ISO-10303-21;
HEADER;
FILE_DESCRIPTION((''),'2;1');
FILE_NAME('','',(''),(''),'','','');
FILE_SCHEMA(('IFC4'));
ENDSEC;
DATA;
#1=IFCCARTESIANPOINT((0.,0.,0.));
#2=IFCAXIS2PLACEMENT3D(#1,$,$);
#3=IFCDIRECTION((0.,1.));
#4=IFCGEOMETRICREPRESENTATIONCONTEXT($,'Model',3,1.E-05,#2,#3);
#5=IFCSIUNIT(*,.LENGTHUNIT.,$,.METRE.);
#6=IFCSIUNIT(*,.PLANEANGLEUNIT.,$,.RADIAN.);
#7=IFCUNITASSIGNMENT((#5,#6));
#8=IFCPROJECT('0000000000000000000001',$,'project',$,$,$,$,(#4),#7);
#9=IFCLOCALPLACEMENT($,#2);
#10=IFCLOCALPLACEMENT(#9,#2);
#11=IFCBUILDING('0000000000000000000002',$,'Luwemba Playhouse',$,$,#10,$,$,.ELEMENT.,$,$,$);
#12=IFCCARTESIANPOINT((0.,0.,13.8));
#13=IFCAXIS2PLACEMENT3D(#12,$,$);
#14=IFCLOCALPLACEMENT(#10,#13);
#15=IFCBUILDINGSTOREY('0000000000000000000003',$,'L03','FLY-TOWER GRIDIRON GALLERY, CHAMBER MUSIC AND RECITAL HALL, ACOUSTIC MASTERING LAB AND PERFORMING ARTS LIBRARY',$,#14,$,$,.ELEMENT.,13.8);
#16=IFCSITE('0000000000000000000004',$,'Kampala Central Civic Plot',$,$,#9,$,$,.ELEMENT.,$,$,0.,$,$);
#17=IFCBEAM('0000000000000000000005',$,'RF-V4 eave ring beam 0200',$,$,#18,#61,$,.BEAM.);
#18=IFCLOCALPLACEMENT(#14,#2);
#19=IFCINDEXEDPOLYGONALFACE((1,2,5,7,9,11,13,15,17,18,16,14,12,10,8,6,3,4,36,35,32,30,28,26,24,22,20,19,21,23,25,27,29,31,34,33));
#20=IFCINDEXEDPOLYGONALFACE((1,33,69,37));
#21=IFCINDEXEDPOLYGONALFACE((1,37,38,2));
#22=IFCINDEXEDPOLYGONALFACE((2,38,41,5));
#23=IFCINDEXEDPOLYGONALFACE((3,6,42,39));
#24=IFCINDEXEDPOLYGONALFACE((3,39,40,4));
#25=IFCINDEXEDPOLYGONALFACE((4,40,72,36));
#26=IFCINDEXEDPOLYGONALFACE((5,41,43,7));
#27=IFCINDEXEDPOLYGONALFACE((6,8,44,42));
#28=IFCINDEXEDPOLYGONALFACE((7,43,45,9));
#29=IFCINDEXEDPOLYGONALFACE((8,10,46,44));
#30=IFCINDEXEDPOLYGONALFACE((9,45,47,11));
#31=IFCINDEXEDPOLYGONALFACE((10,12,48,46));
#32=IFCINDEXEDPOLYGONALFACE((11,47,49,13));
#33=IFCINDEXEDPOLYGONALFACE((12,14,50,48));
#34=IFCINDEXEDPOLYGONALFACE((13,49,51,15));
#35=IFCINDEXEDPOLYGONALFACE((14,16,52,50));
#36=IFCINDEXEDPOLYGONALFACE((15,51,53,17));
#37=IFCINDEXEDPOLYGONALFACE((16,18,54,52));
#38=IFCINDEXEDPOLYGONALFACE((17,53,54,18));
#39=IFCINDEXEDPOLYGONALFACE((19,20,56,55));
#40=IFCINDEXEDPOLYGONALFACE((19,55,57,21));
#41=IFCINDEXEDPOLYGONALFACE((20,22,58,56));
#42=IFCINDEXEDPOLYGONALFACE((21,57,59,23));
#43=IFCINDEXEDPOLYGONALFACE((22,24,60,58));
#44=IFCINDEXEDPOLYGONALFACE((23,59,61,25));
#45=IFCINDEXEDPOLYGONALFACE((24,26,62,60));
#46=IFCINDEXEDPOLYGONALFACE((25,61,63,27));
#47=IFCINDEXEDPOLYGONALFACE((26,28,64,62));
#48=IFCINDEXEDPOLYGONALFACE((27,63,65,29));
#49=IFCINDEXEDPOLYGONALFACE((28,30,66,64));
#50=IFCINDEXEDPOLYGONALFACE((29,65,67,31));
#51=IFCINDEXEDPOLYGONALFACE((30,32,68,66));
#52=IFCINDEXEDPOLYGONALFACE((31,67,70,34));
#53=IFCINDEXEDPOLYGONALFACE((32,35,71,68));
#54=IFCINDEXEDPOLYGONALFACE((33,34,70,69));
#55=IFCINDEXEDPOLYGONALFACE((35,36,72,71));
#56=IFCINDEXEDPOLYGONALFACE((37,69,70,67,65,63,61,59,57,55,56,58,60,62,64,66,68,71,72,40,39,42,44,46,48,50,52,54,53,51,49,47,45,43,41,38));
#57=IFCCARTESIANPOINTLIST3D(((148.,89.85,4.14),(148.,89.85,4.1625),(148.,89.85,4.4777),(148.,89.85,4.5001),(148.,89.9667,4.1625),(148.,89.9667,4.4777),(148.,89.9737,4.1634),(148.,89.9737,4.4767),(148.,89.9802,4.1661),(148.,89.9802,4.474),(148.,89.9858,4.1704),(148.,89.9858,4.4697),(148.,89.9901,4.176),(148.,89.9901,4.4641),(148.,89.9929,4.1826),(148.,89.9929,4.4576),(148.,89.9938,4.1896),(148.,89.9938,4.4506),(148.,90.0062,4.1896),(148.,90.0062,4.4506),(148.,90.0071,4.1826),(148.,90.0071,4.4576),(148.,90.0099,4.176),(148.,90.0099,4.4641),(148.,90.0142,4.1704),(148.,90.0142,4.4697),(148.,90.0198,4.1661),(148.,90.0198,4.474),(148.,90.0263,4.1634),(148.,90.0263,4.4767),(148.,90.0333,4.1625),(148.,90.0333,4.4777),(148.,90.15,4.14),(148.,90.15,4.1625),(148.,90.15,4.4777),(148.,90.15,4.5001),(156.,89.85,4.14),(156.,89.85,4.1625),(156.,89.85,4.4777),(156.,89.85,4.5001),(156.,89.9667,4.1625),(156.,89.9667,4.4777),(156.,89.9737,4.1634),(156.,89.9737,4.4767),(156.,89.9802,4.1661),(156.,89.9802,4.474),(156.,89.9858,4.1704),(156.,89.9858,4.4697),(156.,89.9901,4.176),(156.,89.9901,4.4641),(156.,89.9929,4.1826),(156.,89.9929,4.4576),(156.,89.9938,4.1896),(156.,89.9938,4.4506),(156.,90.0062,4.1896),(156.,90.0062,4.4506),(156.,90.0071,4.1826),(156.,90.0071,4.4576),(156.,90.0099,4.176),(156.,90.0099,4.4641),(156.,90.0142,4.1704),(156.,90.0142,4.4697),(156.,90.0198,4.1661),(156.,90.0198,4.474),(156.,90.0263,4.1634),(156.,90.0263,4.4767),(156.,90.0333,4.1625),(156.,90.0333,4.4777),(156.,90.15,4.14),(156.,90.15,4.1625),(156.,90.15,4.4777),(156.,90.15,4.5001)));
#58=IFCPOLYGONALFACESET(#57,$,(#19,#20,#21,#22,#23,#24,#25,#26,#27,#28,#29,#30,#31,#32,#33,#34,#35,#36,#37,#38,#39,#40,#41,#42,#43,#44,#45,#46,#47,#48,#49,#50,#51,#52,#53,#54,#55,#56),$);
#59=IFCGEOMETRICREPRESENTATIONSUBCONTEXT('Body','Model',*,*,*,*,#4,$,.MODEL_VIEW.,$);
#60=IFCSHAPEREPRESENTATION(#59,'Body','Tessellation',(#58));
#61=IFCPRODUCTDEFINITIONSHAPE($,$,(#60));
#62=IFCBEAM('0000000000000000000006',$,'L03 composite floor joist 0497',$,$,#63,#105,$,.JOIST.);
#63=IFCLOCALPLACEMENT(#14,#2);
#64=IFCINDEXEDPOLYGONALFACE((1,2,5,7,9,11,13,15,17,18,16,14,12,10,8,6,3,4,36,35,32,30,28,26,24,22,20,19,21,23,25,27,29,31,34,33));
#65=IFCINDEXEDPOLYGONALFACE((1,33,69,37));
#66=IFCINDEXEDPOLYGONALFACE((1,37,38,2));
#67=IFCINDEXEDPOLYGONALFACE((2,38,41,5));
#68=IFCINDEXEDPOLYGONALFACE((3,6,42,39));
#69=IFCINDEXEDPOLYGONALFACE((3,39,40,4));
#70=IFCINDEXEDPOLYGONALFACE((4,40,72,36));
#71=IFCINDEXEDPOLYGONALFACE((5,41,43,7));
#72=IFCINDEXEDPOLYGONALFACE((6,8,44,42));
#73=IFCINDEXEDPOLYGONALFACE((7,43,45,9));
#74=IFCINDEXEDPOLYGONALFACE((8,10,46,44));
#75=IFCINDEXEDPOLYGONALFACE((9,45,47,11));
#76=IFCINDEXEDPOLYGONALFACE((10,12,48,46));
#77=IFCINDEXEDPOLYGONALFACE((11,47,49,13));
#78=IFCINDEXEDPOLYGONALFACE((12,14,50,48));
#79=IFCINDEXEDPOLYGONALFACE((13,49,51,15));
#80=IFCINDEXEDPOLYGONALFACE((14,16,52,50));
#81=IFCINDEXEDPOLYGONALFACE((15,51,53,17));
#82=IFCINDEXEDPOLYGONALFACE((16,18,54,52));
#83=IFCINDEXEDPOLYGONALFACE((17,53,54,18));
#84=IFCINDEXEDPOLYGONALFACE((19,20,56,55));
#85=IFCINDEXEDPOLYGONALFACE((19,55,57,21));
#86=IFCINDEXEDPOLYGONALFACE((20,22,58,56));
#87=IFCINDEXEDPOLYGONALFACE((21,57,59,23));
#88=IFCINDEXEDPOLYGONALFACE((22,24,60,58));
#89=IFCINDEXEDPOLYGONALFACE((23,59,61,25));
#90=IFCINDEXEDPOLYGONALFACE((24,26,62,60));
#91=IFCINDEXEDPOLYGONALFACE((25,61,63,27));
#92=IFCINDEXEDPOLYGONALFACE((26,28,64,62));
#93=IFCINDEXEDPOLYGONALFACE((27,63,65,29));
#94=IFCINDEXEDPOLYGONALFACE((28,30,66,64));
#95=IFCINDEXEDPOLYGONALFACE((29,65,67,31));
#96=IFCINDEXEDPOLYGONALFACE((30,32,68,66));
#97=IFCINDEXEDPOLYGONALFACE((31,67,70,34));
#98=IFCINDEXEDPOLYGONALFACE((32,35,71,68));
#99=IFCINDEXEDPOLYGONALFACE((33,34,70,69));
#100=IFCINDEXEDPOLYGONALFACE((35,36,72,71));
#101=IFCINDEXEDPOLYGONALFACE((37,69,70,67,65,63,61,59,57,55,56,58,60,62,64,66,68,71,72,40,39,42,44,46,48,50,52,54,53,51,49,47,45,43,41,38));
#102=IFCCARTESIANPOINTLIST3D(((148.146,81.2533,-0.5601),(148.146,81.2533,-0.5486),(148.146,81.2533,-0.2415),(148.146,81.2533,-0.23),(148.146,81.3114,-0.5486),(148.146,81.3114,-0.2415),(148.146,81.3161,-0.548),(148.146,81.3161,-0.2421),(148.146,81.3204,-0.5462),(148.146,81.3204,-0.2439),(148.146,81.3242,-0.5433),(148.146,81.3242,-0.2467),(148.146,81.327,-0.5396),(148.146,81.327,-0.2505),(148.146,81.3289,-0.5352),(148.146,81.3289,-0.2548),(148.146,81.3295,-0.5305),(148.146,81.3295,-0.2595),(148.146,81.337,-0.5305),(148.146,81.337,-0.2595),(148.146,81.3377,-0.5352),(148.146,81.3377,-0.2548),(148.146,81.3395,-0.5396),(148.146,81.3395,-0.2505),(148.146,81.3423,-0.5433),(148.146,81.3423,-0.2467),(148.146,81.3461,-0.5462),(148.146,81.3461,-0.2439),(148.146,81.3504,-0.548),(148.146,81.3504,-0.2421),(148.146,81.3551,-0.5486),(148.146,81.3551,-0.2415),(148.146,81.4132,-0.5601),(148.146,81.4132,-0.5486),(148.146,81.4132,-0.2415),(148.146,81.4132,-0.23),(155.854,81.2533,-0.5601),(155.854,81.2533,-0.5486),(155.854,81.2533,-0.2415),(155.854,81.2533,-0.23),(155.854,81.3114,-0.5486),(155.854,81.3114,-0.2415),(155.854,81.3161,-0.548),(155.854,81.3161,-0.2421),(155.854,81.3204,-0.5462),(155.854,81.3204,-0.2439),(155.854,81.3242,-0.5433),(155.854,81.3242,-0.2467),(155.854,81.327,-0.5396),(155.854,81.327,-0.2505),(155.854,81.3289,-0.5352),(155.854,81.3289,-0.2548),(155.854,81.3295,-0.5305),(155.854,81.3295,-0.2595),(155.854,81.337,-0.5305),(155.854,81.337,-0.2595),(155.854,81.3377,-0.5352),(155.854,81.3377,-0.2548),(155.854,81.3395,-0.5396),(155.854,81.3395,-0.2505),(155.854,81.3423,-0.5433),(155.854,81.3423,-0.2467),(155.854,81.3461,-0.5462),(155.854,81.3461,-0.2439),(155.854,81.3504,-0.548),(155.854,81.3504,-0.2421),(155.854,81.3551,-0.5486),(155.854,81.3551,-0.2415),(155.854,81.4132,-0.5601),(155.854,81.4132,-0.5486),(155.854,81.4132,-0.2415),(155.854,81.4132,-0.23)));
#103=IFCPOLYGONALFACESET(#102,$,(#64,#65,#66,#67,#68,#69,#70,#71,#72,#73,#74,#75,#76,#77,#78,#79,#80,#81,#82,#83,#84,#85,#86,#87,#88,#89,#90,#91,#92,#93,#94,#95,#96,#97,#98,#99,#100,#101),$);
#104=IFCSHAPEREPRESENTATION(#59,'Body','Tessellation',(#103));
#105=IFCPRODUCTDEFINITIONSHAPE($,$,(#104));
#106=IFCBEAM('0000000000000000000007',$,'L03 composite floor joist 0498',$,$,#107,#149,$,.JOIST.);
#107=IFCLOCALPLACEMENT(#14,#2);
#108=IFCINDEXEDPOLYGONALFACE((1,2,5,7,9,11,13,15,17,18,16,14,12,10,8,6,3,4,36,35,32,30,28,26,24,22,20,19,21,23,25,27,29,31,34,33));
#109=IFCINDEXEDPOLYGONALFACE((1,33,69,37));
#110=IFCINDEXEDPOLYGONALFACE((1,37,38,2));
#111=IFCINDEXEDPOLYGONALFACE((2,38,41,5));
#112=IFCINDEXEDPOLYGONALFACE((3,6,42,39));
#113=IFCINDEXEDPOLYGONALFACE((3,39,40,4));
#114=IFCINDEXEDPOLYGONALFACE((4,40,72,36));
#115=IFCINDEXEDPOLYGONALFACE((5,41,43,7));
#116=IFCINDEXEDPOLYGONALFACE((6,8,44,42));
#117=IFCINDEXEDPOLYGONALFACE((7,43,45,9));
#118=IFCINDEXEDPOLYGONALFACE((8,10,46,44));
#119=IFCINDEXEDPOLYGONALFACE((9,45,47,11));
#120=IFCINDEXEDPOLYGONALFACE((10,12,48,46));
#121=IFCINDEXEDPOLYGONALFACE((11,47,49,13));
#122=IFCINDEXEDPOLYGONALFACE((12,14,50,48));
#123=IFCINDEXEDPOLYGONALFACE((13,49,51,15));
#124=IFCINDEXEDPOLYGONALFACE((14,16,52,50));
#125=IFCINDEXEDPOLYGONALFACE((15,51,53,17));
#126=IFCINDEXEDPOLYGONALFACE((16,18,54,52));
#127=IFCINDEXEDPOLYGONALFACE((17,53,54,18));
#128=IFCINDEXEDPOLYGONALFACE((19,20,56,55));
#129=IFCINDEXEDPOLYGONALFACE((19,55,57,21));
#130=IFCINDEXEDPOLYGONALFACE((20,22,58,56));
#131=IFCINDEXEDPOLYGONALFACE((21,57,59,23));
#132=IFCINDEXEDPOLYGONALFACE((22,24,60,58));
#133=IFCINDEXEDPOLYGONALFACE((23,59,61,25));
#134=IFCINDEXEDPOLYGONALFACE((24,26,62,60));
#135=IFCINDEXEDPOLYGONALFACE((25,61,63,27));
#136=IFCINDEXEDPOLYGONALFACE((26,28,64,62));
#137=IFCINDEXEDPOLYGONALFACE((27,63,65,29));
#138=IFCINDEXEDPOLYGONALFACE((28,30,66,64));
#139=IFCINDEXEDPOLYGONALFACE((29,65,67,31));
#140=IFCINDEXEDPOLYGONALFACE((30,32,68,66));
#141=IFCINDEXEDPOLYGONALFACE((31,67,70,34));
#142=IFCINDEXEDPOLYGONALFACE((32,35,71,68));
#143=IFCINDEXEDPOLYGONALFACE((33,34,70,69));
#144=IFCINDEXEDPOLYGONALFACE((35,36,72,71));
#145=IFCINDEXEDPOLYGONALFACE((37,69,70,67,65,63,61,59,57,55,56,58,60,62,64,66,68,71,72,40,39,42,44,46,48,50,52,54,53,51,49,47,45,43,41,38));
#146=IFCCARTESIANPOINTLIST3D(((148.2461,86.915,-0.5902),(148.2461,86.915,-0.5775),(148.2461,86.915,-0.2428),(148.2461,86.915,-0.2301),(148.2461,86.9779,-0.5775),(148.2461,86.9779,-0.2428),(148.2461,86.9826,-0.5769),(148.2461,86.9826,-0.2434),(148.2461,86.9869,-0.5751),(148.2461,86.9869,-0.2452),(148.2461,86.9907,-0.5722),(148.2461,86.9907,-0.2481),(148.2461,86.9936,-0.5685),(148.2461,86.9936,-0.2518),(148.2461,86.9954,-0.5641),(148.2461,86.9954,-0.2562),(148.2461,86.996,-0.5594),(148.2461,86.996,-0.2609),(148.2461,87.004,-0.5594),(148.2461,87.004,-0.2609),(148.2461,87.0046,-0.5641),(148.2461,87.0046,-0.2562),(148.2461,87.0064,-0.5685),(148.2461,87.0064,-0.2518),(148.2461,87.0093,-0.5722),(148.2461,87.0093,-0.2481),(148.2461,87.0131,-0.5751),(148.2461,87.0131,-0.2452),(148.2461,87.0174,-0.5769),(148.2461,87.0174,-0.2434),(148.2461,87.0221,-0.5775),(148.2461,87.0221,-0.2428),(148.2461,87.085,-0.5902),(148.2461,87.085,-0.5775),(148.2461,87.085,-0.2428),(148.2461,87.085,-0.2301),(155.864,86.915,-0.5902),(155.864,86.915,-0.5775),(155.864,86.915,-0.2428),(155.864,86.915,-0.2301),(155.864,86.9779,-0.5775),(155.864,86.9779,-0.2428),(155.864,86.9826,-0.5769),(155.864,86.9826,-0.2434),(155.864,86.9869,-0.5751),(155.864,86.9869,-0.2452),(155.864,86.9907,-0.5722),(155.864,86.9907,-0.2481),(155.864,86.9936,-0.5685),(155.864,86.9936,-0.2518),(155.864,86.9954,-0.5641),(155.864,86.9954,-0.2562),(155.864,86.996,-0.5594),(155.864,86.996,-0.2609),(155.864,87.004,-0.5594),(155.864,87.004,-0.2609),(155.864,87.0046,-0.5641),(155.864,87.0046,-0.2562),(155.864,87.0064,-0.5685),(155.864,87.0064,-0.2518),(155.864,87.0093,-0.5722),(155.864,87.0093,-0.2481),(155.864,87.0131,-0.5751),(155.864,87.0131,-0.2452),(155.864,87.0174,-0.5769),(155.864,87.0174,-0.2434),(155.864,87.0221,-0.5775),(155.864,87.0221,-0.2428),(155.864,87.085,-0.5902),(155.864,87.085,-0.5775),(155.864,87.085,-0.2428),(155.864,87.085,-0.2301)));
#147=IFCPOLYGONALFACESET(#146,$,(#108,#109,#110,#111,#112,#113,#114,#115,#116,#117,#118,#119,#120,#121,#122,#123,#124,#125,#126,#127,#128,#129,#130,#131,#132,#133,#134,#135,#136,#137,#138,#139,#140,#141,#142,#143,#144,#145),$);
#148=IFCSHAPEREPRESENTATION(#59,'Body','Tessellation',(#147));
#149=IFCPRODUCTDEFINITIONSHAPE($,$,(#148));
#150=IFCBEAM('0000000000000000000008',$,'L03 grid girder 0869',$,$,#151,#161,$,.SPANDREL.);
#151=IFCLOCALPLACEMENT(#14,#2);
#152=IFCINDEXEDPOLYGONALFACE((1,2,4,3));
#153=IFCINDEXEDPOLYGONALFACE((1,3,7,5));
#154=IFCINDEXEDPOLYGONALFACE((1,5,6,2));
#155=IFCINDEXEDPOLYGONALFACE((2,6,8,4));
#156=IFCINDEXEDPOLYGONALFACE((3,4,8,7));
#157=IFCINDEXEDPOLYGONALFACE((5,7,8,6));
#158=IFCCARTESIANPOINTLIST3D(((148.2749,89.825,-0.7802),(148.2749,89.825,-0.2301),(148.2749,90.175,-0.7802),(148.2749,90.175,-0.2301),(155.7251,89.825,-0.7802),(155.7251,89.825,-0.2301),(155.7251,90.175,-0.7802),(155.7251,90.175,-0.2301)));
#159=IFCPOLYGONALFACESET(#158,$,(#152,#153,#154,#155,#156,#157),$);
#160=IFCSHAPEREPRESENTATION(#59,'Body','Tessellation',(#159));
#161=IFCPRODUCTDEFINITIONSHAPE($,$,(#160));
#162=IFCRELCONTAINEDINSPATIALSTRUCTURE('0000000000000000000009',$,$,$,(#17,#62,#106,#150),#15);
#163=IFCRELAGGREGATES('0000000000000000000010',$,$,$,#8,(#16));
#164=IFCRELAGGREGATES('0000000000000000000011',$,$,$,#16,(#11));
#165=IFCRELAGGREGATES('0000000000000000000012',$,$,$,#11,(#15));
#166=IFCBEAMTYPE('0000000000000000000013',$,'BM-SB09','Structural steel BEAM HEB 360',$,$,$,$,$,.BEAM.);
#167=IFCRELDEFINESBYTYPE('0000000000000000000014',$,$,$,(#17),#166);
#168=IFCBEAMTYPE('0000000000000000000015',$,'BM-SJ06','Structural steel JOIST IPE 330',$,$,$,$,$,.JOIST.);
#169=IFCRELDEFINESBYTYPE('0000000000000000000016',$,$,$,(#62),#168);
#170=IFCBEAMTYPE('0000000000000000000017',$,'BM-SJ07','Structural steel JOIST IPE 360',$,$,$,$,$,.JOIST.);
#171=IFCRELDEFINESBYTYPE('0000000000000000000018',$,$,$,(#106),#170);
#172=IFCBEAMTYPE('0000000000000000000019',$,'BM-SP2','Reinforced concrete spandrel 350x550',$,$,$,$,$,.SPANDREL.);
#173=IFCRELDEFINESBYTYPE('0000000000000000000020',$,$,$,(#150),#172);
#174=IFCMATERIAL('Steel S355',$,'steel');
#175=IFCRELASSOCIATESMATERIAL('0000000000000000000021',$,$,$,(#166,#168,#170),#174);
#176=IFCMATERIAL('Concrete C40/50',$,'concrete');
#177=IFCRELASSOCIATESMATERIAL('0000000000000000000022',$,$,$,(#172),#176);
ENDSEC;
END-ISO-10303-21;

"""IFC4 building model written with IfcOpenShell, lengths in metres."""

from ifc_helpers import new_model, si_unit, direction, frame, origin, origin_2d, place, context, subcontext, project, spatial, rectangle, i_section, extrude, material, material_profile, profile_set, type_object, element, save


model = new_model("IFC4")

# Units and contexts
model_context = context("Model", 3, precision=1e-05, world=origin(), true_north=direction((0.0, 1.0)))
body_context = subcontext(model_context, "Body", "Model", "MODEL_VIEW")
ifc_project = project(units=[si_unit("LENGTHUNIT", "METRE"), si_unit("PLANEANGLEUNIT", "RADIAN")], contexts=[model_context])

# Site, building, storey
site_placement = place(None, origin())
site = spatial("IfcSite", under=ifc_project, at=site_placement, Name="Kampala Central Civic Plot", CompositionType="ELEMENT", RefElevation=0.0)
building_placement = place(site_placement, origin())
building = spatial("IfcBuilding", under=site, at=building_placement, Name="Luwemba Playhouse", CompositionType="ELEMENT")
storey_placement = place(building_placement, frame((0.0, 0.0, 13.8)))
storey = spatial("IfcBuildingStorey", under=building, at=storey_placement, Name="L03", Description="FLY-TOWER GRIDIRON GALLERY, CHAMBER MUSIC AND RECITAL HALL, ACOUSTIC MASTERING LAB AND PERFORMING ARTS LIBRARY", CompositionType="ELEMENT", Elevation=13.8)

# Shared definitions
ifc_material_1 = material(Name="Concrete C40/50", Category="concrete")

# Beams
ifc_material_2 = material(Name="Steel S355", Category="steel")
ifc_material_profile_1 = material_profile(ifc_material_2, i_section(OverallWidth=0.3, OverallDepth=0.3601, WebThickness=0.0125, FlangeThickness=0.0225, FilletRadius=0.0271, at=origin_2d()))
ifc_profile_set_1 = profile_set([ifc_material_profile_1], Name="Steel S355")
beam_type_1 = type_object("IfcBeamType", Name="BM-SB09", Description="Structural steel BEAM HEB 360", PredefinedType="BEAM", material=ifc_profile_set_1)
beam_1_placement = place(storey_placement, frame((148.0, 90.0, 4.3201), z_axis=(1.0, 0.0, 0.0), x_axis=(0.0, 1.0, 0.0)))
element("IfcBeam", 1, at=beam_1_placement, inside=storey, type_object=beam_type_1, Name="RF-V4 eave ring beam 0200", PredefinedType="BEAM", context=body_context, shape_type="SweptSolid", body=[
    extrude(i_section(OverallWidth=0.3, OverallDepth=0.3601, WebThickness=0.0125, FlangeThickness=0.0225, FilletRadius=0.0271, at=origin_2d()), origin(), (0.0, 0.0, 1.0), 8.0),
])
ifc_material_profile_2 = material_profile(ifc_material_2, i_section(OverallWidth=0.1599, OverallDepth=0.3301, WebThickness=0.0076, FlangeThickness=0.0115, FilletRadius=0.0181, at=origin_2d()))
ifc_profile_set_2 = profile_set([ifc_material_profile_2], Name="Steel S355")
beam_type_2 = type_object("IfcBeamType", Name="BM-SJ06", Description="Structural steel JOIST IPE 330", PredefinedType="JOIST", material=ifc_profile_set_2)
beam_2_placement = place(storey_placement, frame((148.146, 81.3333, -0.395), z_axis=(1.0, 0.0, 0.0), x_axis=(0.0, 1.0, 0.0)))
element("IfcBeam", 2, at=beam_2_placement, inside=storey, type_object=beam_type_2, Name="L03 composite floor joist 0497", PredefinedType="JOIST", context=body_context, shape_type="SweptSolid", body=[
    extrude(i_section(OverallWidth=0.1599, OverallDepth=0.3301, WebThickness=0.0076, FlangeThickness=0.0115, FilletRadius=0.0181, at=origin_2d()), origin(), (0.0, 0.0, 1.0), 7.708),
])
ifc_material_profile_3 = material_profile(ifc_material_2, i_section(OverallWidth=0.1699, OverallDepth=0.3601, WebThickness=0.0081, FlangeThickness=0.0127, FilletRadius=0.0181, at=origin_2d()))
ifc_profile_set_3 = profile_set([ifc_material_profile_3], Name="Steel S355")
beam_type_3 = type_object("IfcBeamType", Name="BM-SJ07", Description="Structural steel JOIST IPE 360", PredefinedType="JOIST", material=ifc_profile_set_3)
beam_3_placement = place(storey_placement, frame((148.2461, 87.0, -0.4102), z_axis=(1.0, 0.0, 0.0), x_axis=(0.0, 1.0, 0.0)))
element("IfcBeam", 3, at=beam_3_placement, inside=storey, type_object=beam_type_3, Name="L03 composite floor joist 0498", PredefinedType="JOIST", context=body_context, shape_type="SweptSolid", body=[
    extrude(i_section(OverallWidth=0.1699, OverallDepth=0.3601, WebThickness=0.0081, FlangeThickness=0.0127, FilletRadius=0.0181, at=origin_2d()), origin(), (0.0, 0.0, 1.0), 7.6179),
])
ifc_material_profile_4 = material_profile(ifc_material_1, rectangle(XDim=0.3501, YDim=0.55, at=origin_2d()))
ifc_profile_set_4 = profile_set([ifc_material_profile_4], Name="Concrete C40/50")
beam_type_4 = type_object("IfcBeamType", Name="BM-SP2", Description="Reinforced concrete spandrel 350x550", PredefinedType="SPANDREL", material=ifc_profile_set_4)
beam_4_placement = place(storey_placement, frame((148.2749, 90.0, -0.5051), z_axis=(1.0, 0.0, 0.0), x_axis=(0.0, 1.0, 0.0)))
element("IfcBeam", 4, at=beam_4_placement, inside=storey, type_object=beam_type_4, Name="L03 grid girder 0869", PredefinedType="SPANDREL", context=body_context, shape_type="SweptSolid", body=[
    extrude(rectangle(XDim=0.3501, YDim=0.55, at=origin_2d()), origin(), (0.0, 0.0, 1.0), 7.4502),
])

save(model, "model.ifc")
